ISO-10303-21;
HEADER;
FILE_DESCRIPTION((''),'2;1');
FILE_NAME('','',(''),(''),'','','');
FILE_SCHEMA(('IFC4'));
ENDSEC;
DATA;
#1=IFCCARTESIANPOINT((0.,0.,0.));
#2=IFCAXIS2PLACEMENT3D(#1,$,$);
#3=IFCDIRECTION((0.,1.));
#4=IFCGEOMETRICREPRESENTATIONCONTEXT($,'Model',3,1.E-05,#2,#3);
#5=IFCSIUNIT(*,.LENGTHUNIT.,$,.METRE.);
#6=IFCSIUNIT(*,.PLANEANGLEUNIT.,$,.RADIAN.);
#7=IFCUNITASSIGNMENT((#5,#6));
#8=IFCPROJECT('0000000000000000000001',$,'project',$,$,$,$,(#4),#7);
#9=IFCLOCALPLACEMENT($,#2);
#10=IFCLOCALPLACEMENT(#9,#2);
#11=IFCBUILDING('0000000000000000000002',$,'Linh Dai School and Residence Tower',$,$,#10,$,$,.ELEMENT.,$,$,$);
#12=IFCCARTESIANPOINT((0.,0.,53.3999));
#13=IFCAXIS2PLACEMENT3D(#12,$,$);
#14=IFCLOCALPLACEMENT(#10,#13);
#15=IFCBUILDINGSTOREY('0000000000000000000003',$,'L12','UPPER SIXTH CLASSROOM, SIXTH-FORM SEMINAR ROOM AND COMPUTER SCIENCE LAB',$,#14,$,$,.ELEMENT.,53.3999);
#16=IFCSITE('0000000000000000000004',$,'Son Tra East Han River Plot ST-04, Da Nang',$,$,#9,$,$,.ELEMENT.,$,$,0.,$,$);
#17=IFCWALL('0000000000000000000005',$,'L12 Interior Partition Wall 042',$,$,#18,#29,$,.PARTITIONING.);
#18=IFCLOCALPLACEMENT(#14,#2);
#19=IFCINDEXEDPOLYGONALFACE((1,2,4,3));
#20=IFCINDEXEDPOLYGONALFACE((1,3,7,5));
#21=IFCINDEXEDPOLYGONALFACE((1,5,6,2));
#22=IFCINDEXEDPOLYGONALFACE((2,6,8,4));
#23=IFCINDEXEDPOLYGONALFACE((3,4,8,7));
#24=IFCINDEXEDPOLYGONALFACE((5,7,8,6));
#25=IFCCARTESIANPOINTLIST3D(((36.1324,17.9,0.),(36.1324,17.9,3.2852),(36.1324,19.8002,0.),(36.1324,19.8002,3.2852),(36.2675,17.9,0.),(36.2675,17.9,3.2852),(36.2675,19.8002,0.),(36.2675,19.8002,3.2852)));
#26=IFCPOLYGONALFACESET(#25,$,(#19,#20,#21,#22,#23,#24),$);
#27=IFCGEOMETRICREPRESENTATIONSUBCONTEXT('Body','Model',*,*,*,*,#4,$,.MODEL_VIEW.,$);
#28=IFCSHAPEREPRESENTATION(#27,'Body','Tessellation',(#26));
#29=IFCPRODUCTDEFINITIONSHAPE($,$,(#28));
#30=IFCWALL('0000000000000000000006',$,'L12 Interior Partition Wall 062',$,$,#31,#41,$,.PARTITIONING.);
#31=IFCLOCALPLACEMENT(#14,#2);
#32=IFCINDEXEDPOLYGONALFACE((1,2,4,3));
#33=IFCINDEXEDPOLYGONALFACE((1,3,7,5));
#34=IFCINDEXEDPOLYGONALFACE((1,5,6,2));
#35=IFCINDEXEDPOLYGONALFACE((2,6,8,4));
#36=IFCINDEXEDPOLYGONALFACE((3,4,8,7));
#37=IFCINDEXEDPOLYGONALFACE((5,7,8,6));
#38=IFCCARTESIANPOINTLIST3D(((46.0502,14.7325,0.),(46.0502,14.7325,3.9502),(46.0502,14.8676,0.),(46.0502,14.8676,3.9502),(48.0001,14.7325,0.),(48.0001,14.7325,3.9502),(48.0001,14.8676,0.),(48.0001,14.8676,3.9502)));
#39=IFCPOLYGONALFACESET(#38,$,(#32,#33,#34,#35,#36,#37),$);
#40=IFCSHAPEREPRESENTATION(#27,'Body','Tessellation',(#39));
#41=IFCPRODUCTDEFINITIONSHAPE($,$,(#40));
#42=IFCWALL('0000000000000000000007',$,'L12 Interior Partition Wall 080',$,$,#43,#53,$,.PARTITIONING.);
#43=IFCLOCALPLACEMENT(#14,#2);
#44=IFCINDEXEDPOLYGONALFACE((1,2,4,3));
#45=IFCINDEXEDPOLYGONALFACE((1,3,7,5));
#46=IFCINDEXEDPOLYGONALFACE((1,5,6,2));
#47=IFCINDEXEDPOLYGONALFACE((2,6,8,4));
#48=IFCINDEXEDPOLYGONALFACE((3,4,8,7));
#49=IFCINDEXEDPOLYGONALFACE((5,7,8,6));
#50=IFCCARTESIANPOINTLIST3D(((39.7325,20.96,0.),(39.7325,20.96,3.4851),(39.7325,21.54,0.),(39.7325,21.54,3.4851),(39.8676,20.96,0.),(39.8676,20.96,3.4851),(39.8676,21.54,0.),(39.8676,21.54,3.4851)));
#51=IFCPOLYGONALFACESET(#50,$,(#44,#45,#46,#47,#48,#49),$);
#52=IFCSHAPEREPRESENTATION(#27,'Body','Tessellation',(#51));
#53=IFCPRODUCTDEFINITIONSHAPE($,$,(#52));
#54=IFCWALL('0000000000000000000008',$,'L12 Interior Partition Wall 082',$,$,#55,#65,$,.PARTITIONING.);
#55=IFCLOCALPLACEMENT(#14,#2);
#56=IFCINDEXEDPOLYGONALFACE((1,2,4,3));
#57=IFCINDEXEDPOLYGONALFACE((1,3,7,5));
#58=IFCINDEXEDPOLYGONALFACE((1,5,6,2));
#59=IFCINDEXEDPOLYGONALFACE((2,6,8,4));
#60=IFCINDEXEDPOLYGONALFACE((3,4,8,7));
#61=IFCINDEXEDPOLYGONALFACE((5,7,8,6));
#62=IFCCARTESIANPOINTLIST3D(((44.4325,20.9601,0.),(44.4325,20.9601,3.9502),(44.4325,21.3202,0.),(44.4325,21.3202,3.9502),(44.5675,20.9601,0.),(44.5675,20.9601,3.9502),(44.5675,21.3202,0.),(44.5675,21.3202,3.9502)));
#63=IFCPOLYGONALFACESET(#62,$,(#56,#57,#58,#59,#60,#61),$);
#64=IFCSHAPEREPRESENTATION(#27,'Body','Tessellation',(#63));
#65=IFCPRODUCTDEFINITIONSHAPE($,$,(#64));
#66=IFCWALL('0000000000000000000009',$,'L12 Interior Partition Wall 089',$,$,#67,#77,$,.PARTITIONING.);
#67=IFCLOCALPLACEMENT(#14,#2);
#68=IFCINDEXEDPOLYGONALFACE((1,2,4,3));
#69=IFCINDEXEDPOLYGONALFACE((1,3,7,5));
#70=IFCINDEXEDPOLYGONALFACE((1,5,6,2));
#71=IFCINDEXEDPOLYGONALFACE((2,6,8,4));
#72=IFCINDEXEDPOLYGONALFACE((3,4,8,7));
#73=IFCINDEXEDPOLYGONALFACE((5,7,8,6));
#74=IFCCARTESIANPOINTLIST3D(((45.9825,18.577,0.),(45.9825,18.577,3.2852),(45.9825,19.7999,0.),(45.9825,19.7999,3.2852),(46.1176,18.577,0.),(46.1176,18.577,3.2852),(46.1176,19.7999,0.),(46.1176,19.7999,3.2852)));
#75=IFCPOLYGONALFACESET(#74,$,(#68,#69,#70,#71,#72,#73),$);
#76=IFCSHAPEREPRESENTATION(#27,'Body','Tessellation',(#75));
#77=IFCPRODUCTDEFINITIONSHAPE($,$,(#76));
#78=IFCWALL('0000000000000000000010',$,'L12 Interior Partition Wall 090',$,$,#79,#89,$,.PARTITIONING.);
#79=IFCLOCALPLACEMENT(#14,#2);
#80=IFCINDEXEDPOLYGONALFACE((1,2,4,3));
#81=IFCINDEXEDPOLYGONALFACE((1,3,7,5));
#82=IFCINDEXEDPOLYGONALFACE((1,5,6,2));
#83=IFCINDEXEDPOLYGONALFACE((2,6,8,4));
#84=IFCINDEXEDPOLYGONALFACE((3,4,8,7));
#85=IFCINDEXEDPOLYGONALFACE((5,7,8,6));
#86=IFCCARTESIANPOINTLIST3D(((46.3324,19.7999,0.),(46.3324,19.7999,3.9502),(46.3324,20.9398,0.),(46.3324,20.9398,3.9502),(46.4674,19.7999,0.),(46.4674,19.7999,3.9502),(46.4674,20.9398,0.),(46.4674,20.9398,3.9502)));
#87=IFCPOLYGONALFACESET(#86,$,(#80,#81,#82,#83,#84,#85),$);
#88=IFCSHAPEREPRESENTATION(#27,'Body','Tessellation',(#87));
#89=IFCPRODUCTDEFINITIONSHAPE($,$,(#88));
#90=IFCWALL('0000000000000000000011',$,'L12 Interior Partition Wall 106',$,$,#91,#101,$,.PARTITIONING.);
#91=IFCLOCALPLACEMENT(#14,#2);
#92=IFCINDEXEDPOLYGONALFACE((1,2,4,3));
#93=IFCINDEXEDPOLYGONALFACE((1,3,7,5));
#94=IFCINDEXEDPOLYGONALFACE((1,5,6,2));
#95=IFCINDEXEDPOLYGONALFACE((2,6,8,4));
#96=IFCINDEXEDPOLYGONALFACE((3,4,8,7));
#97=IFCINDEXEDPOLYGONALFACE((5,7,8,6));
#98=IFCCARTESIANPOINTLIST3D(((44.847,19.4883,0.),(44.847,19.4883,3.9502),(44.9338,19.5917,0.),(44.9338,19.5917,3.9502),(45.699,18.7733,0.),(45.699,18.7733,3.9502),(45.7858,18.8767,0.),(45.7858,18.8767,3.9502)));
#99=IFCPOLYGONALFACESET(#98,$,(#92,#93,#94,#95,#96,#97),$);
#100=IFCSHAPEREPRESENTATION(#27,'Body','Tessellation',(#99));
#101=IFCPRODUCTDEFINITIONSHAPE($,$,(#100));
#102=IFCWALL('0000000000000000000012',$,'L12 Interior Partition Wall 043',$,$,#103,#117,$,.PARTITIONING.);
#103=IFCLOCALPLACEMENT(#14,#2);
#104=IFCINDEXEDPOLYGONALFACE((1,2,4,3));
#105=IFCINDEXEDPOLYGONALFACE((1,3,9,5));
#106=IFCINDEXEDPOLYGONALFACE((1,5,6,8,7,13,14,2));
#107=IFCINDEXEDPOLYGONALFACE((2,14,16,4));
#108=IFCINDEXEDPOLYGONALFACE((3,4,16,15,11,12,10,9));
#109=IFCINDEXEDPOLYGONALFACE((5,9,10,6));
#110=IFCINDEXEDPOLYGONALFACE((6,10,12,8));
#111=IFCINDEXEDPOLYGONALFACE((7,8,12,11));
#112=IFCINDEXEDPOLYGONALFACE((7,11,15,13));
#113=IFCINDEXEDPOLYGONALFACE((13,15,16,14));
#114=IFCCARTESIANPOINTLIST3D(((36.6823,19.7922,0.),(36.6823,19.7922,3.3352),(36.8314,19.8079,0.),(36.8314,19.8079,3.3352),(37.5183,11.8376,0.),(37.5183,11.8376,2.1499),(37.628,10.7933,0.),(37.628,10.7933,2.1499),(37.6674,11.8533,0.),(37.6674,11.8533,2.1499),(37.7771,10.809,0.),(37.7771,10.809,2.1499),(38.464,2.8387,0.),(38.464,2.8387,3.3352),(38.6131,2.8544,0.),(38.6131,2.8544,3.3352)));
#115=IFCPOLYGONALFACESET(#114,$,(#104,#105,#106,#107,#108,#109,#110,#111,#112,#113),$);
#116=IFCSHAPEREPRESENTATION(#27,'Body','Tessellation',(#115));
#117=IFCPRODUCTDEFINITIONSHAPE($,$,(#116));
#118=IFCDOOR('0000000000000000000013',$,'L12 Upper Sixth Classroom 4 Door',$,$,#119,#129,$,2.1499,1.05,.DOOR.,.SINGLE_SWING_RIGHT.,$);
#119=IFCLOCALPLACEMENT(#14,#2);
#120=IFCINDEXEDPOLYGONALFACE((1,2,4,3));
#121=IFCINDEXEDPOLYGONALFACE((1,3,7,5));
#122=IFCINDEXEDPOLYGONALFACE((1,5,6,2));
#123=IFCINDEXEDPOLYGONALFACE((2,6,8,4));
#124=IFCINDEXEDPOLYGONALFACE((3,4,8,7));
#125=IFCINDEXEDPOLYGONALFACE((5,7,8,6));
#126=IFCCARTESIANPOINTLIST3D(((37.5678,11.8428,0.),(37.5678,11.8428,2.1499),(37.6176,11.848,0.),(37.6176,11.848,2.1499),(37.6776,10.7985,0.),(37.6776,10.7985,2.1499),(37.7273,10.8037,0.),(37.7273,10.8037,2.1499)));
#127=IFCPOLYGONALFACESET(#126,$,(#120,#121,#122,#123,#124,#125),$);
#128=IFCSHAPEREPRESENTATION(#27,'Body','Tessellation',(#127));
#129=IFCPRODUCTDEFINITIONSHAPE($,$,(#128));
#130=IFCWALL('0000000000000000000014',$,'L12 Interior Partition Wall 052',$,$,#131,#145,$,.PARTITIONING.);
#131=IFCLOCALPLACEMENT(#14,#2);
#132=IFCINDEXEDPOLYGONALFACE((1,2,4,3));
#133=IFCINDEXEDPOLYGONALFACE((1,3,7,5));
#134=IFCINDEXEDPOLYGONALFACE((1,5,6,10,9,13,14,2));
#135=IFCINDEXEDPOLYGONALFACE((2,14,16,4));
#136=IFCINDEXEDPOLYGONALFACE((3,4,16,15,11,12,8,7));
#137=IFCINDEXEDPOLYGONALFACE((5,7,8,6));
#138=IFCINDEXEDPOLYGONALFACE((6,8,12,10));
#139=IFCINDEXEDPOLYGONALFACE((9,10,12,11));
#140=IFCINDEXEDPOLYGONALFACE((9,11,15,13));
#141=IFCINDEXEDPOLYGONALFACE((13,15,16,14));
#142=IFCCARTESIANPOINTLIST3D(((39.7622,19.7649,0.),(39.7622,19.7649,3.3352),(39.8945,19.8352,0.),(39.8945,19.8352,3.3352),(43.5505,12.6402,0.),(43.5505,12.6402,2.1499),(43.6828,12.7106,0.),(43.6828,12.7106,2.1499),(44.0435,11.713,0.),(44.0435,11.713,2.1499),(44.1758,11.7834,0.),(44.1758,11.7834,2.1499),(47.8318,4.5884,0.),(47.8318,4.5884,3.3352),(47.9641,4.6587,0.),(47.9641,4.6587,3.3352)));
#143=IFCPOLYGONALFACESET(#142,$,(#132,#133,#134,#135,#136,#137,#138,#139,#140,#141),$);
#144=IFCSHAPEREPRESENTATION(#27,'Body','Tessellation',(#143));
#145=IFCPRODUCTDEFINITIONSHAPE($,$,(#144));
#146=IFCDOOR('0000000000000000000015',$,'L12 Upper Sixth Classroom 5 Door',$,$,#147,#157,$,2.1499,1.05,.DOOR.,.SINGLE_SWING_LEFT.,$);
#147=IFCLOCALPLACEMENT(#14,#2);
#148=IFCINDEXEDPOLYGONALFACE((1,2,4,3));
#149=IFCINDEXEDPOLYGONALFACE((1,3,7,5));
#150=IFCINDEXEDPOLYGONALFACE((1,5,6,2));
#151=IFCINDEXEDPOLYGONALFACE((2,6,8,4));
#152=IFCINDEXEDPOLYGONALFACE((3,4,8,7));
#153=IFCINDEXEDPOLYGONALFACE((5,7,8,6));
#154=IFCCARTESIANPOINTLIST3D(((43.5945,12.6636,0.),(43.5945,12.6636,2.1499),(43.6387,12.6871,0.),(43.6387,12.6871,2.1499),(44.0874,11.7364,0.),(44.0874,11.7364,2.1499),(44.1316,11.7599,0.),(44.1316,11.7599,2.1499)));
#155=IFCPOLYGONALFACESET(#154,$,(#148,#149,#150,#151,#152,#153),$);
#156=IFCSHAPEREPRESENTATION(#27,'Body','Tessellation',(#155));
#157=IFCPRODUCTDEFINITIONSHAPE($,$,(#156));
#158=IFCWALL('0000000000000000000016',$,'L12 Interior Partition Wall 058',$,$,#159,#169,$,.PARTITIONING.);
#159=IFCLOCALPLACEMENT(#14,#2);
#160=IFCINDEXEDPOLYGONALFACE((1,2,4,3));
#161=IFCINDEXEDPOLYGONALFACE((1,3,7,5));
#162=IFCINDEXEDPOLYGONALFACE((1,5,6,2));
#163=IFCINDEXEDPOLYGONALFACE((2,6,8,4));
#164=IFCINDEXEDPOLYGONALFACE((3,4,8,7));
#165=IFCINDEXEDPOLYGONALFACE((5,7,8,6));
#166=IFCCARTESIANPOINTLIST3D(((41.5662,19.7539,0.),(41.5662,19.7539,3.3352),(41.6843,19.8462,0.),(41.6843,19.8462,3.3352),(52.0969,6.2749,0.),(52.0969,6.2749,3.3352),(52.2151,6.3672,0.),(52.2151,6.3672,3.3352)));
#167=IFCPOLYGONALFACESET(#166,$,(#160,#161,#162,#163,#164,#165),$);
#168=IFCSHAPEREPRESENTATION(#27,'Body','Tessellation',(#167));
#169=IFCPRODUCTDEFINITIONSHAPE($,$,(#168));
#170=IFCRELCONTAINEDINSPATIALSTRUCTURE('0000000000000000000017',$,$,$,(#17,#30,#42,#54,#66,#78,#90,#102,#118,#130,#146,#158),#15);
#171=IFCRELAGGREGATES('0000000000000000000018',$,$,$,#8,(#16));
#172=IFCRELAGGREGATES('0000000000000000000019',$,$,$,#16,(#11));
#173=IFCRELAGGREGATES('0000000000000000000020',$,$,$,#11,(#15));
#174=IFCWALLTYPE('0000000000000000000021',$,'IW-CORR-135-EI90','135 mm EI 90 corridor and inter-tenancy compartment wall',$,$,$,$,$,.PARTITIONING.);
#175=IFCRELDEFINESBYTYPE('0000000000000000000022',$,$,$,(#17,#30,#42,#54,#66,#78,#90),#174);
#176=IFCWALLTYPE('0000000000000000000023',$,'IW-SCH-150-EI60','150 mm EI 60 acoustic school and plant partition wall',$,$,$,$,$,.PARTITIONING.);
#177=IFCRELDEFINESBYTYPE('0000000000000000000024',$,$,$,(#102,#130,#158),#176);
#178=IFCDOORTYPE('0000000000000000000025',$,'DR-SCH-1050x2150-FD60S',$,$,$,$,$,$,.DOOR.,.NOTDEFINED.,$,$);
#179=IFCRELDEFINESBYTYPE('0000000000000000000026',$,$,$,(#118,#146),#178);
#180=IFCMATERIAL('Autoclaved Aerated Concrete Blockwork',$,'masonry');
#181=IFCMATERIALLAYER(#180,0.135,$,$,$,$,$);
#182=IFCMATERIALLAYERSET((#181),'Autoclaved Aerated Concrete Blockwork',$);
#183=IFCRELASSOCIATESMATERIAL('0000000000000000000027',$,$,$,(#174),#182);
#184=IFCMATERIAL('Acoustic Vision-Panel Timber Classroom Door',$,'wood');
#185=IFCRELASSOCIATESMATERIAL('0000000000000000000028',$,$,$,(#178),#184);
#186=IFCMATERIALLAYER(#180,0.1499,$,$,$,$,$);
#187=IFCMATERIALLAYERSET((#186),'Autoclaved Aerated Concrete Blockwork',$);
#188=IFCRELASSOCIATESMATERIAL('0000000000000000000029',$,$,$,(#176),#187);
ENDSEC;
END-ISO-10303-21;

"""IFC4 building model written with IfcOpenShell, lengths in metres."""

from ifc_helpers import new_model, si_unit, direction, frame, frame_2d, origin, origin_2d, place, context, subcontext, project, spatial, rectangle, extrude, source, transform, mapped, material, layer, layer_set, type_object, element, fill, save


model = new_model("IFC4")

# Units and contexts
model_context = context("Model", 3, precision=1e-05, world=origin(), true_north=direction((0.0, 1.0)))
body_context = subcontext(model_context, "Body", "Model", "MODEL_VIEW")
ifc_project = project(units=[si_unit("LENGTHUNIT", "METRE"), si_unit("PLANEANGLEUNIT", "RADIAN")], contexts=[model_context])

# Site, building, storey
site_placement = place(None, origin())
site = spatial("IfcSite", under=ifc_project, at=site_placement, Name="Son Tra East Han River Plot ST-04, Da Nang", CompositionType="ELEMENT", RefElevation=0.0)
building_placement = place(site_placement, origin())
building = spatial("IfcBuilding", under=site, at=building_placement, Name="Linh Dai School and Residence Tower", CompositionType="ELEMENT")
storey_placement = place(building_placement, frame((0.0, 0.0, 53.3999)))
storey = spatial("IfcBuildingStorey", under=building, at=storey_placement, Name="L12", Description="UPPER SIXTH CLASSROOM, SIXTH-FORM SEMINAR ROOM AND COMPUTER SCIENCE LAB", CompositionType="ELEMENT", Elevation=53.3999)

# Wall
ifc_material_1 = material(Name="Autoclaved Aerated Concrete Blockwork", Category="masonry")
ifc_layer_1 = layer(ifc_material_1, 0.135)
ifc_layer_set_1 = layer_set([ifc_layer_1], Name="Autoclaved Aerated Concrete Blockwork")
wall_type_1 = type_object("IfcWallType", Name="IW-CORR-135-EI90", Description="135 mm EI 90 corridor and inter-tenancy compartment wall", PredefinedType="PARTITIONING", material=ifc_layer_set_1)
wall_1_placement = place(storey_placement, frame((36.2, 17.8999, 0.0), z_axis=(0.0, 0.0, 1.0), x_axis=(0.0, 1.0, 0.0)))
element("IfcWall", 1, at=wall_1_placement, inside=storey, type_object=wall_type_1, Name="L12 Interior Partition Wall 042", PredefinedType="PARTITIONING", context=body_context, shape_type="SweptSolid", body=[
    extrude(rectangle(XDim=1.9001, YDim=0.135, at=frame_2d((0.9502, 0.0))), origin(), (0.0, 0.0, 1.0), 3.2852),
])

# Shared definitions
ifc_material_2 = material(Name="Acoustic Vision-Panel Timber Classroom Door", Category="wood")
door_type_1 = type_object("IfcDoorType", Name="DR-SCH-1050x2150-FD60S", OperationType="NOTDEFINED", PredefinedType="DOOR", material=ifc_material_2)
shared_shape_1 = source(origin(), body_context, "Body", "SweptSolid", [
    extrude(rectangle(XDim=1.05, YDim=2.1499, at=origin_2d()), frame((0.5249, 0.0249, 1.075), z_axis=(0.0, -1.0, 0.0), x_axis=(1.0, 0.0, 0.0)), (0.0, 0.0, 1.0), 0.05),
])

# Walls
wall_2_placement = place(storey_placement, frame((46.05, 14.8, 0.0), z_axis=(0.0, 0.0, 1.0), x_axis=(1.0, 0.0, 0.0)))
element("IfcWall", 2, at=wall_2_placement, inside=storey, type_object=wall_type_1, Name="L12 Interior Partition Wall 062", PredefinedType="PARTITIONING", context=body_context, shape_type="SweptSolid", body=[
    extrude(rectangle(XDim=1.95, YDim=0.135, at=frame_2d((0.9751, 0.0))), origin(), (0.0, 0.0, 1.0), 3.9502),
])
wall_3_placement = place(storey_placement, frame((39.8, 20.96, 0.0), z_axis=(0.0, 0.0, 1.0), x_axis=(0.0, 1.0, 0.0)))
element("IfcWall", 3, at=wall_3_placement, inside=storey, type_object=wall_type_1, Name="L12 Interior Partition Wall 080", PredefinedType="PARTITIONING", context=body_context, shape_type="SweptSolid", body=[
    extrude(rectangle(XDim=0.5801, YDim=0.135, at=frame_2d((0.29, 0.0))), origin(), (0.0, 0.0, 1.0), 3.4851),
])
wall_4_placement = place(storey_placement, frame((44.5, 20.96, 0.0), z_axis=(0.0, 0.0, 1.0), x_axis=(0.0, 1.0, 0.0)))
element("IfcWall", 4, at=wall_4_placement, inside=storey, type_object=wall_type_1, Name="L12 Interior Partition Wall 082", PredefinedType="PARTITIONING", context=body_context, shape_type="SweptSolid", body=[
    extrude(rectangle(XDim=0.3601, YDim=0.135, at=frame_2d((0.1802, 0.0))), origin(), (0.0, 0.0, 1.0), 3.9502),
])
wall_5_placement = place(storey_placement, frame((46.05, 18.5771, 0.0), z_axis=(0.0, 0.0, 1.0), x_axis=(0.0, 1.0, 0.0)))
element("IfcWall", 5, at=wall_5_placement, inside=storey, type_object=wall_type_1, Name="L12 Interior Partition Wall 089", PredefinedType="PARTITIONING", context=body_context, shape_type="SweptSolid", body=[
    extrude(rectangle(XDim=1.2229, YDim=0.135, at=frame_2d((0.6113, 0.0))), origin(), (0.0, 0.0, 1.0), 3.2852),
])
wall_6_placement = place(storey_placement, frame((46.3999, 19.8, 0.0), z_axis=(0.0, 0.0, 1.0), x_axis=(0.0, 1.0, 0.0)))
element("IfcWall", 6, at=wall_6_placement, inside=storey, type_object=wall_type_1, Name="L12 Interior Partition Wall 090", PredefinedType="PARTITIONING", context=body_context, shape_type="SweptSolid", body=[
    extrude(rectangle(XDim=1.1399, YDim=0.135, at=frame_2d((0.5698, 0.0))), origin(), (0.0, 0.0, 1.0), 3.9502),
])
wall_7_placement = place(storey_placement, frame((44.8904, 19.54, 0.0), z_axis=(0.0, 0.0, 1.0), x_axis=(0.765986, -0.642857, 0.0)))
element("IfcWall", 7, at=wall_7_placement, inside=storey, type_object=wall_type_1, Name="L12 Interior Partition Wall 106", PredefinedType="PARTITIONING", context=body_context, shape_type="SweptSolid", body=[
    extrude(rectangle(XDim=1.1123, YDim=0.135, at=frame_2d((0.5562, 0.0))), origin(), (0.0, 0.0, 1.0), 3.9502),
])

# Walls, openings, doors
ifc_layer_2 = layer(ifc_material_1, 0.1499)
ifc_layer_set_2 = layer_set([ifc_layer_2], Name="Autoclaved Aerated Concrete Blockwork")
wall_type_2 = type_object("IfcWallType", Name="IW-SCH-150-EI60", Description="150 mm EI 60 acoustic school and plant partition wall", PredefinedType="PARTITIONING", material=ifc_layer_set_2)
wall_8_placement = place(storey_placement, frame((36.7568, 19.8, 0.0), z_axis=(0.0, 0.0, 1.0), x_axis=(0.104519, -0.994523, 0.0)))
wall_8 = element("IfcWall", 8, at=wall_8_placement, inside=storey, type_object=wall_type_2, Name="L12 Interior Partition Wall 043", PredefinedType="PARTITIONING", context=body_context, shape_type="SweptSolid", body=[
    extrude(rectangle(XDim=17.0469, YDim=0.1499, at=frame_2d((8.5234, 0.0))), origin(), (0.0, 0.0, 1.0), 3.3352),
])
opening_1_placement = place(wall_8_placement, frame((7.9985, 0.0, 0.0)))
opening_1 = element("IfcOpeningElement", 9, at=opening_1_placement, cuts=wall_8, PredefinedType="OPENING", context=body_context, shape_type="SweptSolid", body=[
    extrude(rectangle(XDim=1.05, YDim=2.1499, at=origin_2d()), frame((0.5249, 0.085, 1.075), z_axis=(0.0, -1.0, 0.0), x_axis=(1.0, 0.0, 0.0)), (0.0, 0.0, 1.0), 0.1699),
])
door_1_placement = place(opening_1_placement, origin())
door_1 = element("IfcDoor", 10, at=door_1_placement, inside=storey, type_object=door_type_1, Name="L12 Upper Sixth Classroom 4 Door", OperationType="SINGLE_SWING_RIGHT", OverallHeight=2.1499, OverallWidth=1.05, PredefinedType="DOOR", context=body_context, shape_type="MappedRepresentation", body=[
    mapped(shared_shape_1, transform((0.0, 0.0, 0.0), x_axis=(1.0, 0.0, 0.0), y_axis=(0.0, 1.0, 0.0), z_axis=(0.0, 0.0, 1.0), scale=1.0)),
])
fill(opening_1, door_1)
wall_9_placement = place(storey_placement, frame((39.8284, 19.8, 0.0), z_axis=(0.0, 0.0, 1.0), x_axis=(0.469475, -0.882946, 0.0)))
wall_9 = element("IfcWall", 11, at=wall_9_placement, inside=storey, type_object=wall_type_2, Name="L12 Interior Partition Wall 052", PredefinedType="PARTITIONING", context=body_context, shape_type="SweptSolid", body=[
    extrude(rectangle(XDim=17.1885, YDim=0.1499, at=frame_2d((8.5942, 0.0))), origin(), (0.0, 0.0, 1.0), 3.3352),
])
opening_2_placement = place(wall_9_placement, frame((8.0693, 0.0, 0.0)))
opening_2 = element("IfcOpeningElement", 12, at=opening_2_placement, cuts=wall_9, PredefinedType="OPENING", context=body_context, shape_type="SweptSolid", body=[
    extrude(rectangle(XDim=1.05, YDim=2.1499, at=origin_2d()), frame((0.5249, 0.085, 1.075), z_axis=(0.0, -1.0, 0.0), x_axis=(1.0, 0.0, 0.0)), (0.0, 0.0, 1.0), 0.1699),
])
door_2_placement = place(opening_2_placement, origin())
door_2 = element("IfcDoor", 13, at=door_2_placement, inside=storey, type_object=door_type_1, Name="L12 Upper Sixth Classroom 5 Door", OperationType="SINGLE_SWING_LEFT", OverallHeight=2.1499, OverallWidth=1.05, PredefinedType="DOOR", context=body_context, shape_type="MappedRepresentation", body=[
    mapped(shared_shape_1, transform((0.0, 0.0, 0.0), x_axis=(1.0, 0.0, 0.0), y_axis=(0.0, 1.0, 0.0), z_axis=(0.0, 0.0, 1.0), scale=1.0)),
])
fill(opening_2, door_2)

# Wall
wall_10_placement = place(storey_placement, frame((41.6252, 19.8, 0.0), z_axis=(0.0, 0.0, 1.0), x_axis=(0.615655, -0.788016, 0.0)))
element("IfcWall", 14, at=wall_10_placement, inside=storey, type_object=wall_type_2, Name="L12 Interior Partition Wall 058", PredefinedType="PARTITIONING", context=body_context, shape_type="SweptSolid", body=[
    extrude(rectangle(XDim=17.105, YDim=0.1499, at=frame_2d((8.5525, 0.0))), origin(), (0.0, 0.0, 1.0), 3.3352),
])

save(model, "model.ifc")
